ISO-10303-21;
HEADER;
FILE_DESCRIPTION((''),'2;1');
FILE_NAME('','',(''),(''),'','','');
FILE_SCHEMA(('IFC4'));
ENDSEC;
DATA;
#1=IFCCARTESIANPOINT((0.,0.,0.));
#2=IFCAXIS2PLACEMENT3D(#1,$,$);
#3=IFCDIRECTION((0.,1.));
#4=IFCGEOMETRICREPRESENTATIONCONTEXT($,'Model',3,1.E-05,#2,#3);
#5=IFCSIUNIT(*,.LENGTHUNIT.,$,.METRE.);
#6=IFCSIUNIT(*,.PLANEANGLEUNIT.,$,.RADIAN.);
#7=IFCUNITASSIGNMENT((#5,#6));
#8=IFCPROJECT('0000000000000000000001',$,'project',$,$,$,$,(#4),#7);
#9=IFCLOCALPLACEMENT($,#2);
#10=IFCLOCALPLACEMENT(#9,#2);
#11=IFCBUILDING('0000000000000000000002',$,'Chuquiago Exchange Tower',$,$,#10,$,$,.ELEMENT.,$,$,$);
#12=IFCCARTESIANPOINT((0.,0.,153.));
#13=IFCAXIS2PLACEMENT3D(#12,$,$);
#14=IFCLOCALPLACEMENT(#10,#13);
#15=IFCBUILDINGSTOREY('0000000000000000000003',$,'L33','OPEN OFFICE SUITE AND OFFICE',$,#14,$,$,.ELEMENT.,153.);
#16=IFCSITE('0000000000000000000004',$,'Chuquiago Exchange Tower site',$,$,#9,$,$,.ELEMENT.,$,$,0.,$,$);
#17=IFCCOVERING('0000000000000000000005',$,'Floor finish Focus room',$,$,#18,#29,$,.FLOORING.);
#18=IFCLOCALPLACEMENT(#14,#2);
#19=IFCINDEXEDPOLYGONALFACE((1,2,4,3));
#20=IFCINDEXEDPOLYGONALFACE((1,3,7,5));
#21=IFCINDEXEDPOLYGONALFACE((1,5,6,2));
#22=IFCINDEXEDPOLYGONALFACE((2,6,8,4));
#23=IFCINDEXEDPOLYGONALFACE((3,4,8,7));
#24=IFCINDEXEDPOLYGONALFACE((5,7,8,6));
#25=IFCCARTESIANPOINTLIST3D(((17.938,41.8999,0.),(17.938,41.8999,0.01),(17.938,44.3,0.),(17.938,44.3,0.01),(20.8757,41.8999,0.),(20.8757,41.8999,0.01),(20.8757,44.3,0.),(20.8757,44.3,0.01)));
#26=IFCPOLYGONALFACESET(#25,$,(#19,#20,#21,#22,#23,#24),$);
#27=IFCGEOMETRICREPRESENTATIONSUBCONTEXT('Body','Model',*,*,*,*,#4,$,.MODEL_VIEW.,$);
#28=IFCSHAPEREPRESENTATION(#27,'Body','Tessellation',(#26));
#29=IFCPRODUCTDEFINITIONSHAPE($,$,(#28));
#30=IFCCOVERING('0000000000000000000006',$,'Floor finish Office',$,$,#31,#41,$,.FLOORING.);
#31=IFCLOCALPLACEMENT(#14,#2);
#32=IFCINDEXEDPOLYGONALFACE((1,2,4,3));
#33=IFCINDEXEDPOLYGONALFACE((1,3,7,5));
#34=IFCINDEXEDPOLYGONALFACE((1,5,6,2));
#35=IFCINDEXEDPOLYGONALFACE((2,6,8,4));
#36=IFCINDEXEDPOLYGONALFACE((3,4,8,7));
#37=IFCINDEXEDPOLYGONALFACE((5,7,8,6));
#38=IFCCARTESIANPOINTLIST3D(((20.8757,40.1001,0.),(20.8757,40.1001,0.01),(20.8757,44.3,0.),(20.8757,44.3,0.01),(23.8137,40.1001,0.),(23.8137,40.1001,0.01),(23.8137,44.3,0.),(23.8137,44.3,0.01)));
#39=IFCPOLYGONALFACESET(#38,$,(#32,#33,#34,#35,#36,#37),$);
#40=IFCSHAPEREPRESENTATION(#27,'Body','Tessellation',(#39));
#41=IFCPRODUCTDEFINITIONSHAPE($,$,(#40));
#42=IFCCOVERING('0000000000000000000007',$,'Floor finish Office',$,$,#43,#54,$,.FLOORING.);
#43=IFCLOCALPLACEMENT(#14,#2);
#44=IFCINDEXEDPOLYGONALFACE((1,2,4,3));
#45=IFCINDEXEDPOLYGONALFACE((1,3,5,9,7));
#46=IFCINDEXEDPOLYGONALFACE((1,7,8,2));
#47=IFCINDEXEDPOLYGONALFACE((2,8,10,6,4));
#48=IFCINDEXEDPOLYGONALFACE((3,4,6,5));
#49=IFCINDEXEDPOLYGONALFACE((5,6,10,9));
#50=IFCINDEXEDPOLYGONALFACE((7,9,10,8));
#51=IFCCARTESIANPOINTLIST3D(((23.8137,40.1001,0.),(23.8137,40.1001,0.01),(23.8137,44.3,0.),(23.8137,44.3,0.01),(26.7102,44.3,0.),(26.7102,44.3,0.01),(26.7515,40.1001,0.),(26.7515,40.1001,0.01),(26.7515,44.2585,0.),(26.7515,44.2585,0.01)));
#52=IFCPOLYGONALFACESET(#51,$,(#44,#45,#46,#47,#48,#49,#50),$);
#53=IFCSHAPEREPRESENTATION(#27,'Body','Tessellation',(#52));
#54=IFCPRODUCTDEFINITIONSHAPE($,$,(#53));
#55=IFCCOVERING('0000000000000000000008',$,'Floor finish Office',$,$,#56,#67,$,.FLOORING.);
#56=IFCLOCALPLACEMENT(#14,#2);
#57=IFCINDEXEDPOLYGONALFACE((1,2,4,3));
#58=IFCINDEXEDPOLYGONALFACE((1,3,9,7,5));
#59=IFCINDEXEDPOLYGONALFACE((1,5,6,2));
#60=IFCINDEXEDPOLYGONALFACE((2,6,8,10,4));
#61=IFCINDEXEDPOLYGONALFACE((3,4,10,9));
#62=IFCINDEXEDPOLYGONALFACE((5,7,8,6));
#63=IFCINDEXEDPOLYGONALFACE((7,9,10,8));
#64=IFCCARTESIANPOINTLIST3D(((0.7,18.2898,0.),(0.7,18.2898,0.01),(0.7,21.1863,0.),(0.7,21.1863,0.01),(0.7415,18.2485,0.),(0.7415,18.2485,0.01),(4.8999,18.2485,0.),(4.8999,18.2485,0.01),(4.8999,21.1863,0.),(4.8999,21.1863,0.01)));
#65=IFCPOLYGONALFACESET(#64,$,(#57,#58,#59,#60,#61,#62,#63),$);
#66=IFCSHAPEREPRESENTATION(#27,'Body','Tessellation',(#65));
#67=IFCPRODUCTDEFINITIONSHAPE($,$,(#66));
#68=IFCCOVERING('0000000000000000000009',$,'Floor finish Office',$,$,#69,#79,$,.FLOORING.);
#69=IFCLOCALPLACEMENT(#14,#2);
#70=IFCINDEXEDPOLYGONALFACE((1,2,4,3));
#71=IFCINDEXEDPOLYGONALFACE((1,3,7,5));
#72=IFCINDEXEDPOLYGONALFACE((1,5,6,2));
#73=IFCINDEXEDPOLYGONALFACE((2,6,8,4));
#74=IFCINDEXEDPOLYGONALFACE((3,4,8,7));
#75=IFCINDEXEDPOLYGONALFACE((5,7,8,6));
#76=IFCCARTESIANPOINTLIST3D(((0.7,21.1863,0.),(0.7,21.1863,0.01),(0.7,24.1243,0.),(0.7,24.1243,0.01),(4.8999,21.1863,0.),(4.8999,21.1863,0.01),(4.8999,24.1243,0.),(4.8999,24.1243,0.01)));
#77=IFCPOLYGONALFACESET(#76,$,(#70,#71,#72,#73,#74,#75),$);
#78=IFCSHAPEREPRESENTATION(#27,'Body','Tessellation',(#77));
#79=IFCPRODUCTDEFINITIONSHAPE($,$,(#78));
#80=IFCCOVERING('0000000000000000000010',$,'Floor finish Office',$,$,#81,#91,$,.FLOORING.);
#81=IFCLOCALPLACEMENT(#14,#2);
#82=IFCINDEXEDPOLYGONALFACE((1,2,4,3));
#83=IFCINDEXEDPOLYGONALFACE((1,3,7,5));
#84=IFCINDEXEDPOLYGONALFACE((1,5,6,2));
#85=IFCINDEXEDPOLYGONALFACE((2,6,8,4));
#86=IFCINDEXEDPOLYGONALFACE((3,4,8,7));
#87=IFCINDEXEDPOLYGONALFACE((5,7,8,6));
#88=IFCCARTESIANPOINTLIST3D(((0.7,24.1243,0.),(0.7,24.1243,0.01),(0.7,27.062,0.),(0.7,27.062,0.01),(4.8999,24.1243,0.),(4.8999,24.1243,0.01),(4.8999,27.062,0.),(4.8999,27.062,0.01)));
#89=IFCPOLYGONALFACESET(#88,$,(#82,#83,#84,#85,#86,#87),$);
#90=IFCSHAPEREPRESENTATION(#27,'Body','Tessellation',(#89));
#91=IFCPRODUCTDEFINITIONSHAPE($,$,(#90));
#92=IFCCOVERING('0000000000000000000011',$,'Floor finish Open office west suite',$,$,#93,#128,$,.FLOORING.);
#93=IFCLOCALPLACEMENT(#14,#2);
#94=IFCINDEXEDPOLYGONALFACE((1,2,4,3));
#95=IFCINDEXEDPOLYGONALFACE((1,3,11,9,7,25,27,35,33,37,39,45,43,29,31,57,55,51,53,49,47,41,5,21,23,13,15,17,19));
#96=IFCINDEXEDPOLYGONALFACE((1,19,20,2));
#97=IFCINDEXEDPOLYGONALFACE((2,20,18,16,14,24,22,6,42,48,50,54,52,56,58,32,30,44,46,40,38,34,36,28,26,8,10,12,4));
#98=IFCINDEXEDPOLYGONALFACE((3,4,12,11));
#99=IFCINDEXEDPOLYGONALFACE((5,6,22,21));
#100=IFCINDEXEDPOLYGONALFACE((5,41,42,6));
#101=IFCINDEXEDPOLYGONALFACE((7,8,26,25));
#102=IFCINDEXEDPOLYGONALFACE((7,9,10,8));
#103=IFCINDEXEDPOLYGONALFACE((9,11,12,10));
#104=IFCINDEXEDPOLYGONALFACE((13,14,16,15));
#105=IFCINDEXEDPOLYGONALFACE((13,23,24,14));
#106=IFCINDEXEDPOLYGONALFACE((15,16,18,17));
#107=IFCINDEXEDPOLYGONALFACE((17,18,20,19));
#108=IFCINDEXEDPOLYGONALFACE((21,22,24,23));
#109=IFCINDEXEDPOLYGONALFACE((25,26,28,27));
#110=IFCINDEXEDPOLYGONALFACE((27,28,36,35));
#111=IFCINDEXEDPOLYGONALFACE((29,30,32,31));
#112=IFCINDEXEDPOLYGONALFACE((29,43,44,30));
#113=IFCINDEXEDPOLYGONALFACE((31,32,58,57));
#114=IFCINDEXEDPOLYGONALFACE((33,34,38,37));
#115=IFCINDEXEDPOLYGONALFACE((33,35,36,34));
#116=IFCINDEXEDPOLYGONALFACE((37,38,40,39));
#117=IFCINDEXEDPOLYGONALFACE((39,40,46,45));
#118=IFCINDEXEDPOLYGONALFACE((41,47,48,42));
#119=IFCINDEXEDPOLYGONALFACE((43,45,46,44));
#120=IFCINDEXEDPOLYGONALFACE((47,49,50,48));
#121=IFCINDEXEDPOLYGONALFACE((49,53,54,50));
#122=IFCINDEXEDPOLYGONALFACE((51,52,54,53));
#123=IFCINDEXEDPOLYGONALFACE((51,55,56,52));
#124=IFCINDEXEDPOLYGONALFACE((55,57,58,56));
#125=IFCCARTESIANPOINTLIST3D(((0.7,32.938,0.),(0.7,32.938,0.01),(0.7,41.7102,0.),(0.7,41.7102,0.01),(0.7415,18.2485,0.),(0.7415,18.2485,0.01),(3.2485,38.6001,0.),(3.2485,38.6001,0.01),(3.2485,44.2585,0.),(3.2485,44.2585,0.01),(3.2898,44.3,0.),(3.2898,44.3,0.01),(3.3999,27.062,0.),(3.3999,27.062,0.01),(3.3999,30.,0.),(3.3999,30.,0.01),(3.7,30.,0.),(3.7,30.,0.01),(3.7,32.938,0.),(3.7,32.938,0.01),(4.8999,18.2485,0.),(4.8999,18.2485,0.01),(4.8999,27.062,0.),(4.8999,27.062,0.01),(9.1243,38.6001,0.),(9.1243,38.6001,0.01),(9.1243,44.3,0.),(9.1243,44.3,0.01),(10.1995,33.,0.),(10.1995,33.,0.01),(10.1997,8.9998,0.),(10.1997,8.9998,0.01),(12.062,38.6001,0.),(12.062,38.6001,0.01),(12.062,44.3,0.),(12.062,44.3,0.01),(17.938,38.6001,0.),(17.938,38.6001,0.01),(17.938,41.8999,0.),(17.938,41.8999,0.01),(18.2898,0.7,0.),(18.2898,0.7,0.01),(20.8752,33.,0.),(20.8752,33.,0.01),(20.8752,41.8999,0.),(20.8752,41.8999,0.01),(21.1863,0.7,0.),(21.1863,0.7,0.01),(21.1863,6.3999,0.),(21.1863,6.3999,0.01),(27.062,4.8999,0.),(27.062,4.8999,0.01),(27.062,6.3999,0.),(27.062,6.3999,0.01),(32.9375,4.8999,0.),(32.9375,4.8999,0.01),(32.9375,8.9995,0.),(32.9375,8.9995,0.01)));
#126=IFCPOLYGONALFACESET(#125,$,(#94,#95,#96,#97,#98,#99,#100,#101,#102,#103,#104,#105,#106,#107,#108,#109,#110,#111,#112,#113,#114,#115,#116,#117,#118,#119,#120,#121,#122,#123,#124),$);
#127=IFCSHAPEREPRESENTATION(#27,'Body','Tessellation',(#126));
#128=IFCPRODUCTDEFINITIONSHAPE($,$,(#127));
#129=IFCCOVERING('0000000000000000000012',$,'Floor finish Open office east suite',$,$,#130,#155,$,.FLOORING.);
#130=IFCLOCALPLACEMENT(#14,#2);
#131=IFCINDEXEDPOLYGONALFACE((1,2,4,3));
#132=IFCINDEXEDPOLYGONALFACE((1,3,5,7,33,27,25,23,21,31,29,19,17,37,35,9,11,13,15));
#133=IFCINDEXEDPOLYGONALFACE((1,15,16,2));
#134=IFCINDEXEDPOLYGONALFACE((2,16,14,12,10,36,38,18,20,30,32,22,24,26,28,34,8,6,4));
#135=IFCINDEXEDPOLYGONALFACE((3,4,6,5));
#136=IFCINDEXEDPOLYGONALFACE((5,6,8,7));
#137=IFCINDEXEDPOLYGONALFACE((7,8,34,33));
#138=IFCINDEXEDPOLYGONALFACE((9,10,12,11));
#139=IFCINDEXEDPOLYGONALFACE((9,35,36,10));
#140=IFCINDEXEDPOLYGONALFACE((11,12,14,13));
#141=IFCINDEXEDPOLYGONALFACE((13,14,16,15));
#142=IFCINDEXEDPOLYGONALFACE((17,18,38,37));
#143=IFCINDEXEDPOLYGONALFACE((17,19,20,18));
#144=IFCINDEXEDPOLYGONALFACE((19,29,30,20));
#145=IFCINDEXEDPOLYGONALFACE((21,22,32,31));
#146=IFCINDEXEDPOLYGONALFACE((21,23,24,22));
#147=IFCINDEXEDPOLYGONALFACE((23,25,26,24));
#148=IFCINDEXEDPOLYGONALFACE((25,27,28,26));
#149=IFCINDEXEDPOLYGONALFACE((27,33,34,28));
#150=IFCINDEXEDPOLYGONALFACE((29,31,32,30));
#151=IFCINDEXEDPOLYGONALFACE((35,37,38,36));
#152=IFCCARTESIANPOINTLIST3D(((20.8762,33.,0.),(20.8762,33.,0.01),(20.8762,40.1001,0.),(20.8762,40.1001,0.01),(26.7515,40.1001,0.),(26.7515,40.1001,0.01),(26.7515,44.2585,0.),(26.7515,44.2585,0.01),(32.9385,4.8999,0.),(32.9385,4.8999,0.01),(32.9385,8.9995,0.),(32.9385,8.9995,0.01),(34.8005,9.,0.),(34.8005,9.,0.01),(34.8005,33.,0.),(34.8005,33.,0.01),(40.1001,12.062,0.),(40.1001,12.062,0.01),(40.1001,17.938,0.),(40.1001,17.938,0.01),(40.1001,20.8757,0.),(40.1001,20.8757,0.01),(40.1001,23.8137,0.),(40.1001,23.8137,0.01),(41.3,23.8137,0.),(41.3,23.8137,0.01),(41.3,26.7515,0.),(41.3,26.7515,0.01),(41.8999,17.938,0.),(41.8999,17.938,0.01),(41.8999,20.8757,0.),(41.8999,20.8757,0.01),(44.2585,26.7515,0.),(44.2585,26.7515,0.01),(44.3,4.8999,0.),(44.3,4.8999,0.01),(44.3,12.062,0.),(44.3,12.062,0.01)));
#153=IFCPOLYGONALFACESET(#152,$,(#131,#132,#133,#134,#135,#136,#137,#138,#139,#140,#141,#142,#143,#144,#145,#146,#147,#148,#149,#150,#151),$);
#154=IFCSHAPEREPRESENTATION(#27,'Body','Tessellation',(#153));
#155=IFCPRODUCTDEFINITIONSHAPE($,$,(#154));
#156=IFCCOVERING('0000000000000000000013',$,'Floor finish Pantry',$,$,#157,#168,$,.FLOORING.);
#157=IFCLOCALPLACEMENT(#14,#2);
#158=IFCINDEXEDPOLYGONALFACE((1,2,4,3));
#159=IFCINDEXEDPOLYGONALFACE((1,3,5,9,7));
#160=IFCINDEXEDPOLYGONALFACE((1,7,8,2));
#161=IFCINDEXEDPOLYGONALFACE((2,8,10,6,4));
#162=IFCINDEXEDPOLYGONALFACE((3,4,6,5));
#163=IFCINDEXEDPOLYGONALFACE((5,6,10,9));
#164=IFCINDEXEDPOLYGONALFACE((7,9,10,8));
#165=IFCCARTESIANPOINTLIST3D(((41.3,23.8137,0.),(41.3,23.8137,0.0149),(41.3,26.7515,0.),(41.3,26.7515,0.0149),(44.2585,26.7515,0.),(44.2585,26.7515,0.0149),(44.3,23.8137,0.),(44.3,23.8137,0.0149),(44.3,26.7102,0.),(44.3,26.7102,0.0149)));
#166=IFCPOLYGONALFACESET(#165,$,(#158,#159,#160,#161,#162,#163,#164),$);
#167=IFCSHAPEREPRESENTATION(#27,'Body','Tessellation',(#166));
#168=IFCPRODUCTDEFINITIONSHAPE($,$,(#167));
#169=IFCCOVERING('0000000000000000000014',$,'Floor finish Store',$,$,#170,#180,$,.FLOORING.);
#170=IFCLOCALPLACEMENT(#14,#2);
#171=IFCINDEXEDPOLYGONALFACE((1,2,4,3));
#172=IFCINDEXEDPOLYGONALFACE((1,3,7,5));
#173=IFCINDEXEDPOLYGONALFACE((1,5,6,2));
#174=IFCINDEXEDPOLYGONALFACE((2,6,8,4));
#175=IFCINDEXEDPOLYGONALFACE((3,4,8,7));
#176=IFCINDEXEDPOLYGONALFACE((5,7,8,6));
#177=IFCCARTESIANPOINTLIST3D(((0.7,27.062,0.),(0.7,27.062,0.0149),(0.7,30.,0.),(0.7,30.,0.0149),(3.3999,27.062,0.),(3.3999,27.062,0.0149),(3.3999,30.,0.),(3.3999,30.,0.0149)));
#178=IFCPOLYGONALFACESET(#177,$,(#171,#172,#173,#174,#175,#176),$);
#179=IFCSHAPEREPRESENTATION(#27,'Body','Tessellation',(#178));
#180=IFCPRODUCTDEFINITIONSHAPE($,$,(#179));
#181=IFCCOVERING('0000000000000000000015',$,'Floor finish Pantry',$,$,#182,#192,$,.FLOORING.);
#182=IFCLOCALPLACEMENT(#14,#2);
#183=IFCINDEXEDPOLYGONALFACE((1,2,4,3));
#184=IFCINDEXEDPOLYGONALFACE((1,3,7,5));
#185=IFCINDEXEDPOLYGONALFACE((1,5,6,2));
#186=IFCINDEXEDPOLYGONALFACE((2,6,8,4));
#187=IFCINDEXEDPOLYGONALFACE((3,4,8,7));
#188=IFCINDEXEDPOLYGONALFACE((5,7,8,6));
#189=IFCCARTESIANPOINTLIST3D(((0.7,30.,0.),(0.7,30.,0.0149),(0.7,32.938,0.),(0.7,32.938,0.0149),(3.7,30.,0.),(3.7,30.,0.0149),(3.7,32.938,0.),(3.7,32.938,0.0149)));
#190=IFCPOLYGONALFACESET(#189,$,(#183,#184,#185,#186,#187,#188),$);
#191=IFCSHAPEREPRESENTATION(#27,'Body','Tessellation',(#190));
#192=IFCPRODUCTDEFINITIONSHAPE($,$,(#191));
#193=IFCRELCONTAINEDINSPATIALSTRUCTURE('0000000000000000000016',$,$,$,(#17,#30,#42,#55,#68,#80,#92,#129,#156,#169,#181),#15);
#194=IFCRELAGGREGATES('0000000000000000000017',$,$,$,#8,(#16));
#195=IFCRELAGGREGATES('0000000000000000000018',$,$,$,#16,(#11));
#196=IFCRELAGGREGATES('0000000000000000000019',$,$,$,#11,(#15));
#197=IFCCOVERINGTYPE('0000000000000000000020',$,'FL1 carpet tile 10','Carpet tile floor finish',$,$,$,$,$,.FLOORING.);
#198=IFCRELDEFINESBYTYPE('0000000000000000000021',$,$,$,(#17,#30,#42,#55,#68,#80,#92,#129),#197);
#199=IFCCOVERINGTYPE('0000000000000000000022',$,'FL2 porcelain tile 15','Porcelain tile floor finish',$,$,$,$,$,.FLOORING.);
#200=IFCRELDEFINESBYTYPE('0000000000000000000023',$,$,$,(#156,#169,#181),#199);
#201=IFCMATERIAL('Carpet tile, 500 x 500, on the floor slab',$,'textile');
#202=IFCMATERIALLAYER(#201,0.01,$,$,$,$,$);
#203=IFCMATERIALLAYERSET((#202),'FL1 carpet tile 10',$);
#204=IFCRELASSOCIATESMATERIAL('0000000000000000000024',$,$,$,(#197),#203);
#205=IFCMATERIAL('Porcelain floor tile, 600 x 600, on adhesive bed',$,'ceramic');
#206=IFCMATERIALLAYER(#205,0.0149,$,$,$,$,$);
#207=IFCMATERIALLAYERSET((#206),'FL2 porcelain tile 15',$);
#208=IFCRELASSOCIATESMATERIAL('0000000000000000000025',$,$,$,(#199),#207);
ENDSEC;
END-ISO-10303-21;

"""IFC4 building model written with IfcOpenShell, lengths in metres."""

from ifc_helpers import new_model, si_unit, direction, frame, origin, place, context, subcontext, project, spatial, polyline, outline, extrude, material, layer, layer_set, type_object, element, save


model = new_model("IFC4")

# Units and contexts
model_context = context("Model", 3, precision=1e-05, world=origin(), true_north=direction((0.0, 1.0)))
body_context = subcontext(model_context, "Body", "Model", "MODEL_VIEW")
ifc_project = project(units=[si_unit("LENGTHUNIT", "METRE"), si_unit("PLANEANGLEUNIT", "RADIAN")], contexts=[model_context])

# Site, building, storey
site_placement = place(None, origin())
site = spatial("IfcSite", under=ifc_project, at=site_placement, Name="Chuquiago Exchange Tower site", CompositionType="ELEMENT", RefElevation=0.0)
building_placement = place(site_placement, origin())
building = spatial("IfcBuilding", under=site, at=building_placement, Name="Chuquiago Exchange Tower", CompositionType="ELEMENT")
storey_placement = place(building_placement, frame((0.0, 0.0, 153.0)))
storey = spatial("IfcBuildingStorey", under=building, at=storey_placement, Name="L33", Description="OPEN OFFICE SUITE AND OFFICE", CompositionType="ELEMENT", Elevation=153.0)

# Coverings
ifc_material_1 = material(Name="Carpet tile, 500 x 500, on the floor slab", Category="textile")
ifc_layer_1 = layer(ifc_material_1, 0.01)
ifc_layer_set_1 = layer_set([ifc_layer_1], Name="FL1 carpet tile 10")
covering_type_1 = type_object("IfcCoveringType", Name="FL1 carpet tile 10", Description="Carpet tile floor finish", PredefinedType="FLOORING", material=ifc_layer_set_1)
covering_1_placement = place(storey_placement, origin())
element("IfcCovering", 1, at=covering_1_placement, inside=storey, type_object=covering_type_1, Name="Floor finish Focus room", PredefinedType="FLOORING", context=body_context, shape_type="SweptSolid", body=[
    extrude(outline(polyline([(20.8757, 44.3), (20.8757, 41.8999), (17.938, 41.8999), (17.938, 44.3), (20.8757, 44.3)])), origin(), (0.0, 0.0, 1.0), 0.01),
])
covering_2_placement = place(storey_placement, origin())
element("IfcCovering", 2, at=covering_2_placement, inside=storey, type_object=covering_type_1, Name="Floor finish Office", PredefinedType="FLOORING", context=body_context, shape_type="SweptSolid", body=[
    extrude(outline(polyline([(23.8137, 44.3), (23.8137, 40.1001), (20.8757, 40.1001), (20.8757, 44.3), (23.8137, 44.3)])), origin(), (0.0, 0.0, 1.0), 0.01),
])
covering_3_placement = place(storey_placement, origin())
element("IfcCovering", 3, at=covering_3_placement, inside=storey, type_object=covering_type_1, Name="Floor finish Office", PredefinedType="FLOORING", context=body_context, shape_type="SweptSolid", body=[
    extrude(outline(polyline([(26.7102, 44.3), (26.7515, 44.2585), (26.7515, 40.1001), (23.8137, 40.1001), (23.8137, 44.3), (26.7102, 44.3)])), origin(), (0.0, 0.0, 1.0), 0.01),
])
covering_4_placement = place(storey_placement, origin())
element("IfcCovering", 4, at=covering_4_placement, inside=storey, type_object=covering_type_1, Name="Floor finish Office", PredefinedType="FLOORING", context=body_context, shape_type="SweptSolid", body=[
    extrude(outline(polyline([(0.7, 21.1863), (4.8999, 21.1863), (4.8999, 18.2485), (0.7415, 18.2485), (0.7, 18.2898), (0.7, 21.1863)])), origin(), (0.0, 0.0, 1.0), 0.01),
])
covering_5_placement = place(storey_placement, origin())
element("IfcCovering", 5, at=covering_5_placement, inside=storey, type_object=covering_type_1, Name="Floor finish Office", PredefinedType="FLOORING", context=body_context, shape_type="SweptSolid", body=[
    extrude(outline(polyline([(0.7, 24.1243), (4.8999, 24.1243), (4.8999, 21.1863), (0.7, 21.1863), (0.7, 24.1243)])), origin(), (0.0, 0.0, 1.0), 0.01),
])
covering_6_placement = place(storey_placement, origin())
element("IfcCovering", 6, at=covering_6_placement, inside=storey, type_object=covering_type_1, Name="Floor finish Office", PredefinedType="FLOORING", context=body_context, shape_type="SweptSolid", body=[
    extrude(outline(polyline([(0.7, 27.062), (4.8999, 27.062), (4.8999, 24.1243), (0.7, 24.1243), (0.7, 27.062)])), origin(), (0.0, 0.0, 1.0), 0.01),
])
covering_7_placement = place(storey_placement, origin())
element("IfcCovering", 7, at=covering_7_placement, inside=storey, type_object=covering_type_1, Name="Floor finish Open office west suite", PredefinedType="FLOORING", context=body_context, shape_type="SweptSolid", body=[
    extrude(outline(polyline([(3.2485, 44.2585), (3.2485, 38.6001), (9.1243, 38.6001), (9.1243, 44.3), (12.062, 44.3), (12.062, 38.6001), (17.938, 38.6001), (17.938, 41.8999), (20.8752, 41.8999), (20.8752, 33.0), (10.1995, 33.0), (10.1997, 8.9998), (32.9375, 8.9995), (32.9375, 4.8999), (27.062, 4.8999), (27.062, 6.3999), (21.1863, 6.3999), (21.1863, 0.7), (18.2898, 0.7), (0.7415, 18.2485), (4.8999, 18.2485), (4.8999, 27.062), (3.3999, 27.062), (3.3999, 30.0), (3.7, 30.0), (3.7, 32.938), (0.7, 32.938), (0.7, 41.7102), (3.2898, 44.3), (3.2485, 44.2585)])), origin(), (0.0, 0.0, 1.0), 0.01),
])
covering_8_placement = place(storey_placement, origin())
element("IfcCovering", 8, at=covering_8_placement, inside=storey, type_object=covering_type_1, Name="Floor finish Open office east suite", PredefinedType="FLOORING", context=body_context, shape_type="SweptSolid", body=[
    extrude(outline(polyline([(20.8762, 40.1001), (26.7515, 40.1001), (26.7515, 44.2585), (44.2585, 26.7515), (41.3, 26.7515), (41.3, 23.8137), (40.1001, 23.8137), (40.1001, 20.8757), (41.8999, 20.8757), (41.8999, 17.938), (40.1001, 17.938), (40.1001, 12.062), (44.3, 12.062), (44.3, 4.8999), (32.9385, 4.8999), (32.9385, 8.9995), (34.8005, 9.0), (34.8005, 33.0), (20.8762, 33.0), (20.8762, 40.1001)])), origin(), (0.0, 0.0, 1.0), 0.01),
])
ifc_material_2 = material(Name="Porcelain floor tile, 600 x 600, on adhesive bed", Category="ceramic")
ifc_layer_2 = layer(ifc_material_2, 0.0149)
ifc_layer_set_2 = layer_set([ifc_layer_2], Name="FL2 porcelain tile 15")
covering_type_2 = type_object("IfcCoveringType", Name="FL2 porcelain tile 15", Description="Porcelain tile floor finish", PredefinedType="FLOORING", material=ifc_layer_set_2)
covering_9_placement = place(storey_placement, origin())
element("IfcCovering", 9, at=covering_9_placement, inside=storey, type_object=covering_type_2, Name="Floor finish Pantry", PredefinedType="FLOORING", context=body_context, shape_type="SweptSolid", body=[
    extrude(outline(polyline([(44.3, 26.7102), (44.3, 23.8137), (41.3, 23.8137), (41.3, 26.7515), (44.2585, 26.7515), (44.3, 26.7102)])), origin(), (0.0, 0.0, 1.0), 0.0149),
])
covering_10_placement = place(storey_placement, origin())
element("IfcCovering", 10, at=covering_10_placement, inside=storey, type_object=covering_type_2, Name="Floor finish Store", PredefinedType="FLOORING", context=body_context, shape_type="SweptSolid", body=[
    extrude(outline(polyline([(0.7, 30.0), (3.3999, 30.0), (3.3999, 27.062), (0.7, 27.062), (0.7, 30.0)])), origin(), (0.0, 0.0, 1.0), 0.0149),
])
covering_11_placement = place(storey_placement, origin())
element("IfcCovering", 11, at=covering_11_placement, inside=storey, type_object=covering_type_2, Name="Floor finish Pantry", PredefinedType="FLOORING", context=body_context, shape_type="SweptSolid", body=[
    extrude(outline(polyline([(0.7, 32.938), (3.7, 32.938), (3.7, 30.0), (0.7, 30.0), (0.7, 32.938)])), origin(), (0.0, 0.0, 1.0), 0.0149),
])

save(model, "model.ifc")
